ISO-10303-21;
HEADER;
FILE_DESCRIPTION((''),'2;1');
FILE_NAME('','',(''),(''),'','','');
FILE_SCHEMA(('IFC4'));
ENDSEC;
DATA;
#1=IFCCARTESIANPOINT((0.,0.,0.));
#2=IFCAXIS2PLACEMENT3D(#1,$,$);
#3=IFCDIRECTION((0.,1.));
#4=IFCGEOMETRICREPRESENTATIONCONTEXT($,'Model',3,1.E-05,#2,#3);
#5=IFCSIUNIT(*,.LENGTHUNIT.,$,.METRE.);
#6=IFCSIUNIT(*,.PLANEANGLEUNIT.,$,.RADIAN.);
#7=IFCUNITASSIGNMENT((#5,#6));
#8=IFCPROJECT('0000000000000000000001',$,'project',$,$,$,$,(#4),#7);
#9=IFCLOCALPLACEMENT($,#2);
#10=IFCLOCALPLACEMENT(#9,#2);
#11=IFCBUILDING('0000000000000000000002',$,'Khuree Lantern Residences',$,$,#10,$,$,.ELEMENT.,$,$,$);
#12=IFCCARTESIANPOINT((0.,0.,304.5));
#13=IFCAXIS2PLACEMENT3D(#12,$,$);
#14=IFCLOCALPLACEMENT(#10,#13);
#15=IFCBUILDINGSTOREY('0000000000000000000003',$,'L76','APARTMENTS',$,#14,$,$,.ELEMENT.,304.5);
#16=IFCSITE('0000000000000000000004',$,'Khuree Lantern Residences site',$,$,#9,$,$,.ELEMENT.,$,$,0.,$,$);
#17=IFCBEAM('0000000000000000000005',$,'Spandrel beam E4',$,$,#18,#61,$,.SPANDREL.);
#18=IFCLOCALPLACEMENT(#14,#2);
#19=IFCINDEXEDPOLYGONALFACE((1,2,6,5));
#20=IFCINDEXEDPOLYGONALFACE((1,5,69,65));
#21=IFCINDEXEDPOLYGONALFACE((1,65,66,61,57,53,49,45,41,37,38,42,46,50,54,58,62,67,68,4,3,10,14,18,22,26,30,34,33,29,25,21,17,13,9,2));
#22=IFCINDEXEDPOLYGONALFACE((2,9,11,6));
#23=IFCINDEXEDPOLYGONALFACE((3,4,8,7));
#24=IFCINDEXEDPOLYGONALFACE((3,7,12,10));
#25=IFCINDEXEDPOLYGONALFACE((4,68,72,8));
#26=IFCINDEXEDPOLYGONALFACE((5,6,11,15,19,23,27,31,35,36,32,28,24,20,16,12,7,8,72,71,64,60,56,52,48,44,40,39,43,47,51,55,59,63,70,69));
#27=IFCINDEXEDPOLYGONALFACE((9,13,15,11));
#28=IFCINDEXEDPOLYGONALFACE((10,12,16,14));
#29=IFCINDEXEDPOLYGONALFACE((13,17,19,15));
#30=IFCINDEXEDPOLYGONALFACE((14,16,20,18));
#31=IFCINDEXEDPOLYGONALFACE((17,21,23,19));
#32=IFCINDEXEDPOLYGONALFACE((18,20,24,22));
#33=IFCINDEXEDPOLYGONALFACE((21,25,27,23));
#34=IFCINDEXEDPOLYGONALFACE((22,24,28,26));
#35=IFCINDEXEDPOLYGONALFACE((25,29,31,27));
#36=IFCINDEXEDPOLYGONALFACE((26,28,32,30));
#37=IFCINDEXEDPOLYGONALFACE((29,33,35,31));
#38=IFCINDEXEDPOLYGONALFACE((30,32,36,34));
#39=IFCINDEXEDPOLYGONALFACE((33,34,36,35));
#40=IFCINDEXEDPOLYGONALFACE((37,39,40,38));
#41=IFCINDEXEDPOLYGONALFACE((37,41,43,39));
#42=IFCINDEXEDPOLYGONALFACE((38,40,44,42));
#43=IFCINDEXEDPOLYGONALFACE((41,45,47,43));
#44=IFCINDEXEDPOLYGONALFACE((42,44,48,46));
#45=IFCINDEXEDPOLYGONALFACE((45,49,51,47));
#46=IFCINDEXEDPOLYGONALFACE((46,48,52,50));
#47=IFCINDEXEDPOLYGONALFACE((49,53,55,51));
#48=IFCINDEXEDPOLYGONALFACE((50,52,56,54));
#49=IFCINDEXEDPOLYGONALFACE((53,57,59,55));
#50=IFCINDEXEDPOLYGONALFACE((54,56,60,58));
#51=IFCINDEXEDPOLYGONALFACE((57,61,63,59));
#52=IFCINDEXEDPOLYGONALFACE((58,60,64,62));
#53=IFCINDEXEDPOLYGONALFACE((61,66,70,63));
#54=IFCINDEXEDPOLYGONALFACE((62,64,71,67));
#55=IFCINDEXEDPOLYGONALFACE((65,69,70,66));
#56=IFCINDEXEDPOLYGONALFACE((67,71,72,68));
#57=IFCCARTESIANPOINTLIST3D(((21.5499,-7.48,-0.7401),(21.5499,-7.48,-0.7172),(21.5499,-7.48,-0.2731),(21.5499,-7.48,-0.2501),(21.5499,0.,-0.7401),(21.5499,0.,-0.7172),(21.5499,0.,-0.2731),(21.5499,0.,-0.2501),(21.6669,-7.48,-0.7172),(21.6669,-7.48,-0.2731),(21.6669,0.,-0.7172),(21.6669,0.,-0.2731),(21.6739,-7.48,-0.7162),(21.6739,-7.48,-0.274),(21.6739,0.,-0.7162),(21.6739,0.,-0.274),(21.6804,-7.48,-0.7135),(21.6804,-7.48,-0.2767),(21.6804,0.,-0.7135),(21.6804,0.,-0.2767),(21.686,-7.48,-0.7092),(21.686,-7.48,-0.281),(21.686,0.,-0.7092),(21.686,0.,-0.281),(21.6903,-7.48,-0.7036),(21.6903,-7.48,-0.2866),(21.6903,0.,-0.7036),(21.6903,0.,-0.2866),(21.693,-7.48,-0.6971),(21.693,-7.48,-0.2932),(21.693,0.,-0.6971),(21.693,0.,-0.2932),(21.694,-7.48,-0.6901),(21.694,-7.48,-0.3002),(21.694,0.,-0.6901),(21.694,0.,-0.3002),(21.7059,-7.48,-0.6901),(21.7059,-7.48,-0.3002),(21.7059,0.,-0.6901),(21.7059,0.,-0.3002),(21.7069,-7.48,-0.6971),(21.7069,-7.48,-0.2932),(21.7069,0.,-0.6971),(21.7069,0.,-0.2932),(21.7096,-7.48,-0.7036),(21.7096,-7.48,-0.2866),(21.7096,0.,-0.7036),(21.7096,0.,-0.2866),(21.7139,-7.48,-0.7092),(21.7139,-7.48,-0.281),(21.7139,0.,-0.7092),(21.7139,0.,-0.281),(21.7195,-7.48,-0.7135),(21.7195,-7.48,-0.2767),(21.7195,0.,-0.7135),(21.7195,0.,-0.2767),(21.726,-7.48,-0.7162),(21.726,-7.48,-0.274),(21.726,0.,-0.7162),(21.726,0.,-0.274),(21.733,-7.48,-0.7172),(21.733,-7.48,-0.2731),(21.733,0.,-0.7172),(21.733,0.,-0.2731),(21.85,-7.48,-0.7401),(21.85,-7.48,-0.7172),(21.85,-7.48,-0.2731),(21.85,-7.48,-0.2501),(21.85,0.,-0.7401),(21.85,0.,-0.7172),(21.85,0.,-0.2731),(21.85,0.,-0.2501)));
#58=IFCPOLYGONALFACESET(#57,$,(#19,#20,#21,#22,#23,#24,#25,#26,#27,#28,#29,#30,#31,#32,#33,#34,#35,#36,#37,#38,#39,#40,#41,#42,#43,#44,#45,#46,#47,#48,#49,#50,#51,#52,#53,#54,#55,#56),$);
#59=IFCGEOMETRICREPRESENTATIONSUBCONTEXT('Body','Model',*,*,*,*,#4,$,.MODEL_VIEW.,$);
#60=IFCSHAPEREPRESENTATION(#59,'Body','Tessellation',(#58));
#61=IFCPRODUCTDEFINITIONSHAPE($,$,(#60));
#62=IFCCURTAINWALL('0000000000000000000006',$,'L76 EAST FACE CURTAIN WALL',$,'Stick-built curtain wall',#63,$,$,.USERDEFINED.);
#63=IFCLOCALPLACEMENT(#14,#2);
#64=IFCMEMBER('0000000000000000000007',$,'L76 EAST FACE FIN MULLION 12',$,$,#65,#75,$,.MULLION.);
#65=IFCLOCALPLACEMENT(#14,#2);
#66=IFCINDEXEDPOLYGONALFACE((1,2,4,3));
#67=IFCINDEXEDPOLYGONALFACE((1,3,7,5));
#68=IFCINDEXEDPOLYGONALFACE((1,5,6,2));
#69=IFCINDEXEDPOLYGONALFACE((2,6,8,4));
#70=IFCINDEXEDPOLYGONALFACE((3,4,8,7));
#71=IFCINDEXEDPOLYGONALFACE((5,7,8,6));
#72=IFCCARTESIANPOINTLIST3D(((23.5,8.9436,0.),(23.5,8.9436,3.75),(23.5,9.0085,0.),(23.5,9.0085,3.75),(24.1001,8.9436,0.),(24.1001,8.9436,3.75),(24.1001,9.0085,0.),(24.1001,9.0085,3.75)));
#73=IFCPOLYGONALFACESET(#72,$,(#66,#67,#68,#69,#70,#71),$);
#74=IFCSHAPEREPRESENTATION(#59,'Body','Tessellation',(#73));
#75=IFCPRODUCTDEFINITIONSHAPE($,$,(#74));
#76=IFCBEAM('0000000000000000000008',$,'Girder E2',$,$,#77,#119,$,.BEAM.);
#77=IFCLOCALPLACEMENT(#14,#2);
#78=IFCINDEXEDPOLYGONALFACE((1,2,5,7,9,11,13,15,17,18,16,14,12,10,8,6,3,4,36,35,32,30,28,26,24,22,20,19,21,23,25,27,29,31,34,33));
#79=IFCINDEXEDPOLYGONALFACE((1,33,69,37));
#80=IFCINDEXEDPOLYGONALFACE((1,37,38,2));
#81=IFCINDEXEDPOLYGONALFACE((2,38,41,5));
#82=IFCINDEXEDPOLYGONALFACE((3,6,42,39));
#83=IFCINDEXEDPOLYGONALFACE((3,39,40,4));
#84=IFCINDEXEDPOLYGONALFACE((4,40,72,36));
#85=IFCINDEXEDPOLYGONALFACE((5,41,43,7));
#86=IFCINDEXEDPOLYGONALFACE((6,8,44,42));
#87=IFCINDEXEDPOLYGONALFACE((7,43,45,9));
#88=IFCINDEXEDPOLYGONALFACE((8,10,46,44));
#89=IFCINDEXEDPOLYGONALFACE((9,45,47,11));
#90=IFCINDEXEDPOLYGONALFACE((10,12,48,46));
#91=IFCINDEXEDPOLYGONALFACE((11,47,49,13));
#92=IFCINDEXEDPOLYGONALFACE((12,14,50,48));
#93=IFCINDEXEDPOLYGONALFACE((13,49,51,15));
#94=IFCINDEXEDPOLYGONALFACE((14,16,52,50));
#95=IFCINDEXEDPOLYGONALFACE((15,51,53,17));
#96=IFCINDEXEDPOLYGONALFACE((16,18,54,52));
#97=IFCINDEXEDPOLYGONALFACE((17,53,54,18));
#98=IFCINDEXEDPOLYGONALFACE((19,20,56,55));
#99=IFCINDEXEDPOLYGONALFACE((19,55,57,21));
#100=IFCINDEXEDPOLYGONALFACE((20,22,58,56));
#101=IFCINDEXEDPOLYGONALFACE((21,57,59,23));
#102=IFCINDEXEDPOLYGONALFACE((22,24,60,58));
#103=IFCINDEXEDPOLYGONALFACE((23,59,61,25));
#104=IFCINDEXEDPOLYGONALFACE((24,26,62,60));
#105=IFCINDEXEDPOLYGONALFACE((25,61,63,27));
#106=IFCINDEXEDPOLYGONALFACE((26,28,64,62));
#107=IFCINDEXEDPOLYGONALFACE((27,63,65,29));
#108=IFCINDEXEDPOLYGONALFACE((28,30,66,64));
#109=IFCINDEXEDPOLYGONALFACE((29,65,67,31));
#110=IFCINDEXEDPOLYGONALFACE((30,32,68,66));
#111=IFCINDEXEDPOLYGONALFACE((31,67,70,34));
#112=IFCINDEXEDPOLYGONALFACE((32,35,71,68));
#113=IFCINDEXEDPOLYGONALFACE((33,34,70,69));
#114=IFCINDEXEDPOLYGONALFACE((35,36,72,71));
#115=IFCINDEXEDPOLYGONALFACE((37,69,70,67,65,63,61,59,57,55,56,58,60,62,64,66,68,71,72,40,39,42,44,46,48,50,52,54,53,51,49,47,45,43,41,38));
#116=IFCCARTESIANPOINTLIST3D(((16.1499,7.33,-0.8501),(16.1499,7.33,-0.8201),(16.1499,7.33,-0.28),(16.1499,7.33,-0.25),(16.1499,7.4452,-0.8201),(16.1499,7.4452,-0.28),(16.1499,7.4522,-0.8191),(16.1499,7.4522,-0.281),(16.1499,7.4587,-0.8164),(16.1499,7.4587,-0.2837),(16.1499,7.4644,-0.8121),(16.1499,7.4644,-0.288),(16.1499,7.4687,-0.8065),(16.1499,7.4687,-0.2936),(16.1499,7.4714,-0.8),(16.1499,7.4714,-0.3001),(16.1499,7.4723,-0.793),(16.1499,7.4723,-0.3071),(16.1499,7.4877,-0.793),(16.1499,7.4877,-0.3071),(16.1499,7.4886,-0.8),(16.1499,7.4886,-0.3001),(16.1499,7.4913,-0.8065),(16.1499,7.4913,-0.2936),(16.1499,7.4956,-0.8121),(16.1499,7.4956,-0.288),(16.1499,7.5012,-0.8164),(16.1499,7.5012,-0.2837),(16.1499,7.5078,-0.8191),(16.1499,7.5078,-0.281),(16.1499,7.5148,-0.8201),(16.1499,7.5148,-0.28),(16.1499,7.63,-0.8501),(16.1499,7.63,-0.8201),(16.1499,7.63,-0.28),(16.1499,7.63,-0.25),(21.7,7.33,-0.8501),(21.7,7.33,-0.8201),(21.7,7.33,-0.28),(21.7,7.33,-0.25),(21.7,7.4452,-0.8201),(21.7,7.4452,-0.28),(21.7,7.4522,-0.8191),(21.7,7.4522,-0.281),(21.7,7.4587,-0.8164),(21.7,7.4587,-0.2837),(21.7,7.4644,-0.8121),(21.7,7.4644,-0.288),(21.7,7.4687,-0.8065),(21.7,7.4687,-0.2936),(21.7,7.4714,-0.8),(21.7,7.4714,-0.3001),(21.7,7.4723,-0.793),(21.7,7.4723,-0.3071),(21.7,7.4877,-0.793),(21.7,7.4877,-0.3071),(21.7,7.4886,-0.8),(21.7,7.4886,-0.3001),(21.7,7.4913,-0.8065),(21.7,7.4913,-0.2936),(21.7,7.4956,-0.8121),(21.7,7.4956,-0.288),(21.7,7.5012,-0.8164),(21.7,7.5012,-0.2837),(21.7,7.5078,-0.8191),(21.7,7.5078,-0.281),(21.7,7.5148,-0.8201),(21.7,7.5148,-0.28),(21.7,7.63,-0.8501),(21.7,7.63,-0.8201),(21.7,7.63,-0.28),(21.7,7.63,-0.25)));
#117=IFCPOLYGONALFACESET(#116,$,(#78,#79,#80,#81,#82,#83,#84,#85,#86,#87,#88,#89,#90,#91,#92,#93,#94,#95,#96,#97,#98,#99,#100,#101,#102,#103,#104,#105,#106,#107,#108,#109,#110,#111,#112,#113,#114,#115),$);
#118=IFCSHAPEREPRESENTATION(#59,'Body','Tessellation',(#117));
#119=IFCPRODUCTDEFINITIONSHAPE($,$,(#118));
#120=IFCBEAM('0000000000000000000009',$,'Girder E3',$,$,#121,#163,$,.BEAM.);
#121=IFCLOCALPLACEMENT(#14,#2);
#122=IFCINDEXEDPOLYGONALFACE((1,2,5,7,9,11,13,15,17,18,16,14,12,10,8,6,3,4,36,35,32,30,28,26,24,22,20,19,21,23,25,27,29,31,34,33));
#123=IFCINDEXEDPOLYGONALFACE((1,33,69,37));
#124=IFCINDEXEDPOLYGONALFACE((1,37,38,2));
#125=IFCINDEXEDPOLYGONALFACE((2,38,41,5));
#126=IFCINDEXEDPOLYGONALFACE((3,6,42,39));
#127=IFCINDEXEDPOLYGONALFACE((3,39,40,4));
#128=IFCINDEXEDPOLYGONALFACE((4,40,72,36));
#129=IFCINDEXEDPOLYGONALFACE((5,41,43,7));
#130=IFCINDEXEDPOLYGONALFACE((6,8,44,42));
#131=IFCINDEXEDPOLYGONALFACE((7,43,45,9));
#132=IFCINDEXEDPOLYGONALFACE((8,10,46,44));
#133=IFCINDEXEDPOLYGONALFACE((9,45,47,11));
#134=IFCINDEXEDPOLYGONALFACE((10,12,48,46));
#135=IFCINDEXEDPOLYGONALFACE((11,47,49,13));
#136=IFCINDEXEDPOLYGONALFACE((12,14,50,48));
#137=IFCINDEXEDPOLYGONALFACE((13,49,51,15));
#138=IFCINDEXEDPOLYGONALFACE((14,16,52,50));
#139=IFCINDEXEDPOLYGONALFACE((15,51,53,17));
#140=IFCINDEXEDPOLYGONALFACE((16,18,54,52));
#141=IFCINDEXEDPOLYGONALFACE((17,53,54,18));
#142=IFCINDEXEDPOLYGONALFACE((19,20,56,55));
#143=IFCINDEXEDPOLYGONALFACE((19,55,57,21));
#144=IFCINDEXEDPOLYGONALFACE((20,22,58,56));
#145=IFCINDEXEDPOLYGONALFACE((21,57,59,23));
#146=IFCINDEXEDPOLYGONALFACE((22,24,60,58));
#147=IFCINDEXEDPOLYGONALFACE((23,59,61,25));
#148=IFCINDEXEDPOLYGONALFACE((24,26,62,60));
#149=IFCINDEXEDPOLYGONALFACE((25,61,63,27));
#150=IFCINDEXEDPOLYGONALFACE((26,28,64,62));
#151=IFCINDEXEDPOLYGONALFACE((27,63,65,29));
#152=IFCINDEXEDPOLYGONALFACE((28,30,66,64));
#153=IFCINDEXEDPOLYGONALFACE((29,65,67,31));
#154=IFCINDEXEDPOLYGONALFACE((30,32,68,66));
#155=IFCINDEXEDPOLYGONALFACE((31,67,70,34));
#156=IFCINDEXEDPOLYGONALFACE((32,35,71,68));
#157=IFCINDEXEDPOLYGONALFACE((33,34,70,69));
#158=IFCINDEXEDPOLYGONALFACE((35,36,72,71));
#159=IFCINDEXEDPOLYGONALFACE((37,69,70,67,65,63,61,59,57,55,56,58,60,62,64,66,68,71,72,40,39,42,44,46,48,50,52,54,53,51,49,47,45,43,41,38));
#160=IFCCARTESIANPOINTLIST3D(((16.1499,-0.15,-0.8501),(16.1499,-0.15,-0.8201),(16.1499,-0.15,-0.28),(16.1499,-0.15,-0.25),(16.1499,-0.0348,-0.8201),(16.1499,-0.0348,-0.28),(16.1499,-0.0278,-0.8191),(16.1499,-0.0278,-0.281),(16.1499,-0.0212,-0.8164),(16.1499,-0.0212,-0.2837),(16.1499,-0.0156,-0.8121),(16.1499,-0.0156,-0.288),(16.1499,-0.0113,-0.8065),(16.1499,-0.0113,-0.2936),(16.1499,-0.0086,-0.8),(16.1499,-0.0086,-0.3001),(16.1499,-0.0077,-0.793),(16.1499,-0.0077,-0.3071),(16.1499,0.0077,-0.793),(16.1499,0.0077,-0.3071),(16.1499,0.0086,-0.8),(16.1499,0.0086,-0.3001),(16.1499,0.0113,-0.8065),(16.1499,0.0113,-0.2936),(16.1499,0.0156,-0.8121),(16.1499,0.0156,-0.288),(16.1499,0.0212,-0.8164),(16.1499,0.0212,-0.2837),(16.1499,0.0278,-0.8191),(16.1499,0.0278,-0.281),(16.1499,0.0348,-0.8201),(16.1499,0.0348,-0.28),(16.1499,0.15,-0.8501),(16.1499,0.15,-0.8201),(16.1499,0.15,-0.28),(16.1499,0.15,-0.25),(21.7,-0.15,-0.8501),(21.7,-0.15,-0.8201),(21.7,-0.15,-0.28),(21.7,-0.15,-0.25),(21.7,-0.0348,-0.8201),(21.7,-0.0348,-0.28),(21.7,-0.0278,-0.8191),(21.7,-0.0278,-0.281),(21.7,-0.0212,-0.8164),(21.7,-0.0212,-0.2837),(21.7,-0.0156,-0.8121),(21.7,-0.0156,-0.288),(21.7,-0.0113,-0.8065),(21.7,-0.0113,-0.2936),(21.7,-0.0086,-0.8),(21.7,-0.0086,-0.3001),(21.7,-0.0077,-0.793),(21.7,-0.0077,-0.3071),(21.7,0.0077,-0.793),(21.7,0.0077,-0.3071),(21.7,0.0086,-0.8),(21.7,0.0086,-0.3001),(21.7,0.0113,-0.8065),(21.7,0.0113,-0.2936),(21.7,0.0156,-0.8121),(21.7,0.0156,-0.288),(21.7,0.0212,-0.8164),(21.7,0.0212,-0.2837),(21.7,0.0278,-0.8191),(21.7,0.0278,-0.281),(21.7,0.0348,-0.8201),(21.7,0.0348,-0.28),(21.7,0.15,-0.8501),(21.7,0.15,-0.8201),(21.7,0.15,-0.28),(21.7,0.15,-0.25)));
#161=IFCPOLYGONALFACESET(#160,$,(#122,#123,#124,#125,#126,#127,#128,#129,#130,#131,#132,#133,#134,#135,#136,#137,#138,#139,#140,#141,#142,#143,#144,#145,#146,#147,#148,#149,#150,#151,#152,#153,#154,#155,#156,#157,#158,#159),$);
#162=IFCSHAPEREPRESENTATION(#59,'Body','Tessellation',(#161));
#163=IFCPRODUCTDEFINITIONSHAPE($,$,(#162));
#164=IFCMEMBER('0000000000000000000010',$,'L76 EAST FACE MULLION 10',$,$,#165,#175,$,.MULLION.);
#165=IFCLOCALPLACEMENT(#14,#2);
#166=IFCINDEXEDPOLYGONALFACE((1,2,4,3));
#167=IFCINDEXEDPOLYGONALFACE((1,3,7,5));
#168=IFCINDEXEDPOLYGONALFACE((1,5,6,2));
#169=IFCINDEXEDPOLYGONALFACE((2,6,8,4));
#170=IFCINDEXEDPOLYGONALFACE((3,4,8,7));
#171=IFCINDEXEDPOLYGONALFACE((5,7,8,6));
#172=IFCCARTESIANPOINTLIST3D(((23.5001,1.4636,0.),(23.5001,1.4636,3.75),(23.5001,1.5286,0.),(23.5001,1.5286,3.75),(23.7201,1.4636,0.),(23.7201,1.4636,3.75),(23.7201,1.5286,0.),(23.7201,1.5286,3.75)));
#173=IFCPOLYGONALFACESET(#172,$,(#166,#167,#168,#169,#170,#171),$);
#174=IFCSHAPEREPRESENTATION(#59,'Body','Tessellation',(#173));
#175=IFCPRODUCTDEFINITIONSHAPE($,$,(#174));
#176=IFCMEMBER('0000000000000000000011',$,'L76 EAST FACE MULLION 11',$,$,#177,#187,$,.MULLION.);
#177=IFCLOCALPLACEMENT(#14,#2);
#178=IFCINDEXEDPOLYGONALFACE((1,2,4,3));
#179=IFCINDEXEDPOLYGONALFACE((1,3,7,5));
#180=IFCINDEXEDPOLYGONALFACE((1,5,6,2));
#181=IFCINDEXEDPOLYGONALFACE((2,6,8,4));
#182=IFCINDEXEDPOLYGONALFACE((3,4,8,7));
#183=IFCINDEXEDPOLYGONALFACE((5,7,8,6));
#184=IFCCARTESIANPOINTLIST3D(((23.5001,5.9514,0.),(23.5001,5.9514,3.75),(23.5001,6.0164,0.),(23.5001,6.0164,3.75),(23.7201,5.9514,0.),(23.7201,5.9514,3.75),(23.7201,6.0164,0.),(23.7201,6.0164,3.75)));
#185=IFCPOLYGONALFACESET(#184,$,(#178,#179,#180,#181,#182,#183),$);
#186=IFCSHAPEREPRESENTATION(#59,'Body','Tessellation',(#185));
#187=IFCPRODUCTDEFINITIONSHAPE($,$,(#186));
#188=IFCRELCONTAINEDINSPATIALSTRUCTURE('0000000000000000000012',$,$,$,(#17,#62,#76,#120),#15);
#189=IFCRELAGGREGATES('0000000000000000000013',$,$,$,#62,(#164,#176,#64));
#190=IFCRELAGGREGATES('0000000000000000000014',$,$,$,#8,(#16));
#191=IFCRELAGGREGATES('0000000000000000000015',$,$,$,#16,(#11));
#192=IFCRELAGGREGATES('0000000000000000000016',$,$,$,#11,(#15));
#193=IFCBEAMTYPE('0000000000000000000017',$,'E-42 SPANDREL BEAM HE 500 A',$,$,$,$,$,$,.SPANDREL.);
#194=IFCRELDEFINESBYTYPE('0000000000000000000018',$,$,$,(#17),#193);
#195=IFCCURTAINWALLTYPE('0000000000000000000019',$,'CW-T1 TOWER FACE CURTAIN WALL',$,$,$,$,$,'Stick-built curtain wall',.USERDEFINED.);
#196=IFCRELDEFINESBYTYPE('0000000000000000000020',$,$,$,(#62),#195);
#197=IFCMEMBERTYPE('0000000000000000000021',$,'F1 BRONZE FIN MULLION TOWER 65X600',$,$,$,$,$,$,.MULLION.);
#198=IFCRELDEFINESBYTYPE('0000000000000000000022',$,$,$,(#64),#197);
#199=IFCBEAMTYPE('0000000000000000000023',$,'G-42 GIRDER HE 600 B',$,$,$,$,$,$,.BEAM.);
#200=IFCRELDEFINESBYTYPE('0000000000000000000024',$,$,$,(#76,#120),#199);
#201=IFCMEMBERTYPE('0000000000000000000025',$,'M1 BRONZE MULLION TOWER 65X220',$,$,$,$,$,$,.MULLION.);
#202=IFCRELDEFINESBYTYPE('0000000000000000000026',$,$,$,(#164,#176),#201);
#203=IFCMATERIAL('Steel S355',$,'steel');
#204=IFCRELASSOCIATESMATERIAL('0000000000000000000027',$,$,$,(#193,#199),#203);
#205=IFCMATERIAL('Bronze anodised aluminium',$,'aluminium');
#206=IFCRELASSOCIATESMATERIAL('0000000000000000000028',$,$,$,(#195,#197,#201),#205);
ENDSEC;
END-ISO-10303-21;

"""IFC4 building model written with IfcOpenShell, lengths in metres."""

from ifc_helpers import new_model, si_unit, direction, frame, origin, origin_2d, place, context, subcontext, project, spatial, rectangle, i_section, extrude, material, material_profile, profile_set, type_object, element, aggregate, save


model = new_model("IFC4")

# Units and contexts
model_context = context("Model", 3, precision=1e-05, world=origin(), true_north=direction((0.0, 1.0)))
body_context = subcontext(model_context, "Body", "Model", "MODEL_VIEW")
ifc_project = project(units=[si_unit("LENGTHUNIT", "METRE"), si_unit("PLANEANGLEUNIT", "RADIAN")], contexts=[model_context])

# Site, building, storey
site_placement = place(None, origin())
site = spatial("IfcSite", under=ifc_project, at=site_placement, Name="Khuree Lantern Residences site", CompositionType="ELEMENT", RefElevation=0.0)
building_placement = place(site_placement, origin())
building = spatial("IfcBuilding", under=site, at=building_placement, Name="Khuree Lantern Residences", CompositionType="ELEMENT")
storey_placement = place(building_placement, frame((0.0, 0.0, 304.5)))
storey = spatial("IfcBuildingStorey", under=building, at=storey_placement, Name="L76", Description="APARTMENTS", CompositionType="ELEMENT", Elevation=304.5)

# Beam
ifc_material_1 = material(Name="Steel S355", Category="steel")
ifc_material_profile_1 = material_profile(ifc_material_1, i_section(OverallWidth=0.3, OverallDepth=0.49, WebThickness=0.012, FlangeThickness=0.0229, FilletRadius=0.0271, at=origin_2d()), Name="HE 500 A")
ifc_profile_set_1 = profile_set([ifc_material_profile_1], Name="Steel S355")
beam_type_1 = type_object("IfcBeamType", Name="E-42 SPANDREL BEAM HE 500 A", PredefinedType="SPANDREL", material=ifc_profile_set_1)
for number, where, z_axis, x_axis, name in (
    (1, (21.7, 0.0, -0.4951), (0.0, -1.0, 0.0), (1.0, 0.0, 0.0), "Spandrel beam E4"),
):
    element("IfcBeam", number, at=place(storey_placement, frame(where, z_axis=z_axis, x_axis=x_axis)), inside=storey, type_object=beam_type_1, Name=name, PredefinedType="SPANDREL", context=body_context, shape_type="SweptSolid", body=[
        extrude(i_section(OverallWidth=0.3, OverallDepth=0.49, WebThickness=0.012, FlangeThickness=0.0229, FilletRadius=0.0271, at=origin_2d()), origin(), (0.0, 0.0, 1.0), 7.48),
    ])

# Curtain wall, member
ifc_material_2 = material(Name="Bronze anodised aluminium", Category="aluminium")
curtain_wall_type = type_object("IfcCurtainWallType", Name="CW-T1 TOWER FACE CURTAIN WALL", ElementType="Stick-built curtain wall", PredefinedType="USERDEFINED", material=ifc_material_2)
curtain_wall_placement = place(storey_placement, origin())
curtain_wall = element("IfcCurtainWall", 2, at=curtain_wall_placement, inside=storey, type_object=curtain_wall_type, Name="L76 EAST FACE CURTAIN WALL", ObjectType="Stick-built curtain wall", PredefinedType="USERDEFINED")
ifc_material_profile_2 = material_profile(ifc_material_2, rectangle(XDim=0.0649, YDim=0.6001, at=origin_2d()), Name="F1 65X600")
ifc_profile_set_2 = profile_set([ifc_material_profile_2], Name="Bronze anodised aluminium")
member_type_1 = type_object("IfcMemberType", Name="F1 BRONZE FIN MULLION TOWER 65X600", PredefinedType="MULLION", material=ifc_profile_set_2)
member_1_placement = place(storey_placement, frame((23.8, 8.9761, 0.0), z_axis=(0.0, 0.0, 1.0), x_axis=(0.0, 1.0, 0.0)))
member_1 = element("IfcMember", 3, at=member_1_placement, type_object=member_type_1, Name="L76 EAST FACE FIN MULLION 12", PredefinedType="MULLION", context=body_context, shape_type="SweptSolid", body=[
    extrude(rectangle(XDim=0.0649, YDim=0.6001, at=origin_2d()), origin(), (0.0, 0.0, 1.0), 3.75),
])

# Beams
ifc_material_profile_3 = material_profile(ifc_material_1, i_section(OverallWidth=0.3, OverallDepth=0.6001, WebThickness=0.0154, FlangeThickness=0.03, FilletRadius=0.0271, at=origin_2d()), Name="HE 600 B")
ifc_profile_set_3 = profile_set([ifc_material_profile_3], Name="Steel S355")
beam_type_2 = type_object("IfcBeamType", Name="G-42 GIRDER HE 600 B", PredefinedType="BEAM", material=ifc_profile_set_3)
for number, where, z_axis, x_axis, name in (
    (4, (21.7, 7.48, -0.55), (-1.0, 0.0, 0.0), (0.0, -1.0, 0.0), "Girder E2"),
    (5, (21.7, 0.0, -0.55), (-1.0, 0.0, 0.0), (0.0, -1.0, 0.0), "Girder E3"),
):
    element("IfcBeam", number, at=place(storey_placement, frame(where, z_axis=z_axis, x_axis=x_axis)), inside=storey, type_object=beam_type_2, Name=name, PredefinedType="BEAM", context=body_context, shape_type="SweptSolid", body=[
        extrude(i_section(OverallWidth=0.3, OverallDepth=0.6001, WebThickness=0.0154, FlangeThickness=0.03, FilletRadius=0.0271, at=origin_2d()), origin(), (0.0, 0.0, 1.0), 5.55),
    ])

# Members
ifc_material_profile_4 = material_profile(ifc_material_2, rectangle(XDim=0.0649, YDim=0.22, at=origin_2d()), Name="M1 65X220")
ifc_profile_set_4 = profile_set([ifc_material_profile_4], Name="Bronze anodised aluminium")
member_type_2 = type_object("IfcMemberType", Name="M1 BRONZE MULLION TOWER 65X220", PredefinedType="MULLION", material=ifc_profile_set_4)
member_2_placement = place(storey_placement, frame((23.6101, 1.4961, 0.0), z_axis=(0.0, 0.0, 1.0), x_axis=(0.0, 1.0, 0.0)))
member_2 = element("IfcMember", 6, at=member_2_placement, type_object=member_type_2, Name="L76 EAST FACE MULLION 10", PredefinedType="MULLION", context=body_context, shape_type="SweptSolid", body=[
    extrude(rectangle(XDim=0.0649, YDim=0.22, at=origin_2d()), origin(), (0.0, 0.0, 1.0), 3.75),
])
member_3_placement = place(storey_placement, frame((23.6101, 5.9839, 0.0), z_axis=(0.0, 0.0, 1.0), x_axis=(0.0, 1.0, 0.0)))
member_3 = element("IfcMember", 7, at=member_3_placement, type_object=member_type_2, Name="L76 EAST FACE MULLION 11", PredefinedType="MULLION", context=body_context, shape_type="SweptSolid", body=[
    extrude(rectangle(XDim=0.0649, YDim=0.22, at=origin_2d()), origin(), (0.0, 0.0, 1.0), 3.75),
])

aggregate(curtain_wall, [member_2, member_3, member_1])

save(model, "model.ifc")
